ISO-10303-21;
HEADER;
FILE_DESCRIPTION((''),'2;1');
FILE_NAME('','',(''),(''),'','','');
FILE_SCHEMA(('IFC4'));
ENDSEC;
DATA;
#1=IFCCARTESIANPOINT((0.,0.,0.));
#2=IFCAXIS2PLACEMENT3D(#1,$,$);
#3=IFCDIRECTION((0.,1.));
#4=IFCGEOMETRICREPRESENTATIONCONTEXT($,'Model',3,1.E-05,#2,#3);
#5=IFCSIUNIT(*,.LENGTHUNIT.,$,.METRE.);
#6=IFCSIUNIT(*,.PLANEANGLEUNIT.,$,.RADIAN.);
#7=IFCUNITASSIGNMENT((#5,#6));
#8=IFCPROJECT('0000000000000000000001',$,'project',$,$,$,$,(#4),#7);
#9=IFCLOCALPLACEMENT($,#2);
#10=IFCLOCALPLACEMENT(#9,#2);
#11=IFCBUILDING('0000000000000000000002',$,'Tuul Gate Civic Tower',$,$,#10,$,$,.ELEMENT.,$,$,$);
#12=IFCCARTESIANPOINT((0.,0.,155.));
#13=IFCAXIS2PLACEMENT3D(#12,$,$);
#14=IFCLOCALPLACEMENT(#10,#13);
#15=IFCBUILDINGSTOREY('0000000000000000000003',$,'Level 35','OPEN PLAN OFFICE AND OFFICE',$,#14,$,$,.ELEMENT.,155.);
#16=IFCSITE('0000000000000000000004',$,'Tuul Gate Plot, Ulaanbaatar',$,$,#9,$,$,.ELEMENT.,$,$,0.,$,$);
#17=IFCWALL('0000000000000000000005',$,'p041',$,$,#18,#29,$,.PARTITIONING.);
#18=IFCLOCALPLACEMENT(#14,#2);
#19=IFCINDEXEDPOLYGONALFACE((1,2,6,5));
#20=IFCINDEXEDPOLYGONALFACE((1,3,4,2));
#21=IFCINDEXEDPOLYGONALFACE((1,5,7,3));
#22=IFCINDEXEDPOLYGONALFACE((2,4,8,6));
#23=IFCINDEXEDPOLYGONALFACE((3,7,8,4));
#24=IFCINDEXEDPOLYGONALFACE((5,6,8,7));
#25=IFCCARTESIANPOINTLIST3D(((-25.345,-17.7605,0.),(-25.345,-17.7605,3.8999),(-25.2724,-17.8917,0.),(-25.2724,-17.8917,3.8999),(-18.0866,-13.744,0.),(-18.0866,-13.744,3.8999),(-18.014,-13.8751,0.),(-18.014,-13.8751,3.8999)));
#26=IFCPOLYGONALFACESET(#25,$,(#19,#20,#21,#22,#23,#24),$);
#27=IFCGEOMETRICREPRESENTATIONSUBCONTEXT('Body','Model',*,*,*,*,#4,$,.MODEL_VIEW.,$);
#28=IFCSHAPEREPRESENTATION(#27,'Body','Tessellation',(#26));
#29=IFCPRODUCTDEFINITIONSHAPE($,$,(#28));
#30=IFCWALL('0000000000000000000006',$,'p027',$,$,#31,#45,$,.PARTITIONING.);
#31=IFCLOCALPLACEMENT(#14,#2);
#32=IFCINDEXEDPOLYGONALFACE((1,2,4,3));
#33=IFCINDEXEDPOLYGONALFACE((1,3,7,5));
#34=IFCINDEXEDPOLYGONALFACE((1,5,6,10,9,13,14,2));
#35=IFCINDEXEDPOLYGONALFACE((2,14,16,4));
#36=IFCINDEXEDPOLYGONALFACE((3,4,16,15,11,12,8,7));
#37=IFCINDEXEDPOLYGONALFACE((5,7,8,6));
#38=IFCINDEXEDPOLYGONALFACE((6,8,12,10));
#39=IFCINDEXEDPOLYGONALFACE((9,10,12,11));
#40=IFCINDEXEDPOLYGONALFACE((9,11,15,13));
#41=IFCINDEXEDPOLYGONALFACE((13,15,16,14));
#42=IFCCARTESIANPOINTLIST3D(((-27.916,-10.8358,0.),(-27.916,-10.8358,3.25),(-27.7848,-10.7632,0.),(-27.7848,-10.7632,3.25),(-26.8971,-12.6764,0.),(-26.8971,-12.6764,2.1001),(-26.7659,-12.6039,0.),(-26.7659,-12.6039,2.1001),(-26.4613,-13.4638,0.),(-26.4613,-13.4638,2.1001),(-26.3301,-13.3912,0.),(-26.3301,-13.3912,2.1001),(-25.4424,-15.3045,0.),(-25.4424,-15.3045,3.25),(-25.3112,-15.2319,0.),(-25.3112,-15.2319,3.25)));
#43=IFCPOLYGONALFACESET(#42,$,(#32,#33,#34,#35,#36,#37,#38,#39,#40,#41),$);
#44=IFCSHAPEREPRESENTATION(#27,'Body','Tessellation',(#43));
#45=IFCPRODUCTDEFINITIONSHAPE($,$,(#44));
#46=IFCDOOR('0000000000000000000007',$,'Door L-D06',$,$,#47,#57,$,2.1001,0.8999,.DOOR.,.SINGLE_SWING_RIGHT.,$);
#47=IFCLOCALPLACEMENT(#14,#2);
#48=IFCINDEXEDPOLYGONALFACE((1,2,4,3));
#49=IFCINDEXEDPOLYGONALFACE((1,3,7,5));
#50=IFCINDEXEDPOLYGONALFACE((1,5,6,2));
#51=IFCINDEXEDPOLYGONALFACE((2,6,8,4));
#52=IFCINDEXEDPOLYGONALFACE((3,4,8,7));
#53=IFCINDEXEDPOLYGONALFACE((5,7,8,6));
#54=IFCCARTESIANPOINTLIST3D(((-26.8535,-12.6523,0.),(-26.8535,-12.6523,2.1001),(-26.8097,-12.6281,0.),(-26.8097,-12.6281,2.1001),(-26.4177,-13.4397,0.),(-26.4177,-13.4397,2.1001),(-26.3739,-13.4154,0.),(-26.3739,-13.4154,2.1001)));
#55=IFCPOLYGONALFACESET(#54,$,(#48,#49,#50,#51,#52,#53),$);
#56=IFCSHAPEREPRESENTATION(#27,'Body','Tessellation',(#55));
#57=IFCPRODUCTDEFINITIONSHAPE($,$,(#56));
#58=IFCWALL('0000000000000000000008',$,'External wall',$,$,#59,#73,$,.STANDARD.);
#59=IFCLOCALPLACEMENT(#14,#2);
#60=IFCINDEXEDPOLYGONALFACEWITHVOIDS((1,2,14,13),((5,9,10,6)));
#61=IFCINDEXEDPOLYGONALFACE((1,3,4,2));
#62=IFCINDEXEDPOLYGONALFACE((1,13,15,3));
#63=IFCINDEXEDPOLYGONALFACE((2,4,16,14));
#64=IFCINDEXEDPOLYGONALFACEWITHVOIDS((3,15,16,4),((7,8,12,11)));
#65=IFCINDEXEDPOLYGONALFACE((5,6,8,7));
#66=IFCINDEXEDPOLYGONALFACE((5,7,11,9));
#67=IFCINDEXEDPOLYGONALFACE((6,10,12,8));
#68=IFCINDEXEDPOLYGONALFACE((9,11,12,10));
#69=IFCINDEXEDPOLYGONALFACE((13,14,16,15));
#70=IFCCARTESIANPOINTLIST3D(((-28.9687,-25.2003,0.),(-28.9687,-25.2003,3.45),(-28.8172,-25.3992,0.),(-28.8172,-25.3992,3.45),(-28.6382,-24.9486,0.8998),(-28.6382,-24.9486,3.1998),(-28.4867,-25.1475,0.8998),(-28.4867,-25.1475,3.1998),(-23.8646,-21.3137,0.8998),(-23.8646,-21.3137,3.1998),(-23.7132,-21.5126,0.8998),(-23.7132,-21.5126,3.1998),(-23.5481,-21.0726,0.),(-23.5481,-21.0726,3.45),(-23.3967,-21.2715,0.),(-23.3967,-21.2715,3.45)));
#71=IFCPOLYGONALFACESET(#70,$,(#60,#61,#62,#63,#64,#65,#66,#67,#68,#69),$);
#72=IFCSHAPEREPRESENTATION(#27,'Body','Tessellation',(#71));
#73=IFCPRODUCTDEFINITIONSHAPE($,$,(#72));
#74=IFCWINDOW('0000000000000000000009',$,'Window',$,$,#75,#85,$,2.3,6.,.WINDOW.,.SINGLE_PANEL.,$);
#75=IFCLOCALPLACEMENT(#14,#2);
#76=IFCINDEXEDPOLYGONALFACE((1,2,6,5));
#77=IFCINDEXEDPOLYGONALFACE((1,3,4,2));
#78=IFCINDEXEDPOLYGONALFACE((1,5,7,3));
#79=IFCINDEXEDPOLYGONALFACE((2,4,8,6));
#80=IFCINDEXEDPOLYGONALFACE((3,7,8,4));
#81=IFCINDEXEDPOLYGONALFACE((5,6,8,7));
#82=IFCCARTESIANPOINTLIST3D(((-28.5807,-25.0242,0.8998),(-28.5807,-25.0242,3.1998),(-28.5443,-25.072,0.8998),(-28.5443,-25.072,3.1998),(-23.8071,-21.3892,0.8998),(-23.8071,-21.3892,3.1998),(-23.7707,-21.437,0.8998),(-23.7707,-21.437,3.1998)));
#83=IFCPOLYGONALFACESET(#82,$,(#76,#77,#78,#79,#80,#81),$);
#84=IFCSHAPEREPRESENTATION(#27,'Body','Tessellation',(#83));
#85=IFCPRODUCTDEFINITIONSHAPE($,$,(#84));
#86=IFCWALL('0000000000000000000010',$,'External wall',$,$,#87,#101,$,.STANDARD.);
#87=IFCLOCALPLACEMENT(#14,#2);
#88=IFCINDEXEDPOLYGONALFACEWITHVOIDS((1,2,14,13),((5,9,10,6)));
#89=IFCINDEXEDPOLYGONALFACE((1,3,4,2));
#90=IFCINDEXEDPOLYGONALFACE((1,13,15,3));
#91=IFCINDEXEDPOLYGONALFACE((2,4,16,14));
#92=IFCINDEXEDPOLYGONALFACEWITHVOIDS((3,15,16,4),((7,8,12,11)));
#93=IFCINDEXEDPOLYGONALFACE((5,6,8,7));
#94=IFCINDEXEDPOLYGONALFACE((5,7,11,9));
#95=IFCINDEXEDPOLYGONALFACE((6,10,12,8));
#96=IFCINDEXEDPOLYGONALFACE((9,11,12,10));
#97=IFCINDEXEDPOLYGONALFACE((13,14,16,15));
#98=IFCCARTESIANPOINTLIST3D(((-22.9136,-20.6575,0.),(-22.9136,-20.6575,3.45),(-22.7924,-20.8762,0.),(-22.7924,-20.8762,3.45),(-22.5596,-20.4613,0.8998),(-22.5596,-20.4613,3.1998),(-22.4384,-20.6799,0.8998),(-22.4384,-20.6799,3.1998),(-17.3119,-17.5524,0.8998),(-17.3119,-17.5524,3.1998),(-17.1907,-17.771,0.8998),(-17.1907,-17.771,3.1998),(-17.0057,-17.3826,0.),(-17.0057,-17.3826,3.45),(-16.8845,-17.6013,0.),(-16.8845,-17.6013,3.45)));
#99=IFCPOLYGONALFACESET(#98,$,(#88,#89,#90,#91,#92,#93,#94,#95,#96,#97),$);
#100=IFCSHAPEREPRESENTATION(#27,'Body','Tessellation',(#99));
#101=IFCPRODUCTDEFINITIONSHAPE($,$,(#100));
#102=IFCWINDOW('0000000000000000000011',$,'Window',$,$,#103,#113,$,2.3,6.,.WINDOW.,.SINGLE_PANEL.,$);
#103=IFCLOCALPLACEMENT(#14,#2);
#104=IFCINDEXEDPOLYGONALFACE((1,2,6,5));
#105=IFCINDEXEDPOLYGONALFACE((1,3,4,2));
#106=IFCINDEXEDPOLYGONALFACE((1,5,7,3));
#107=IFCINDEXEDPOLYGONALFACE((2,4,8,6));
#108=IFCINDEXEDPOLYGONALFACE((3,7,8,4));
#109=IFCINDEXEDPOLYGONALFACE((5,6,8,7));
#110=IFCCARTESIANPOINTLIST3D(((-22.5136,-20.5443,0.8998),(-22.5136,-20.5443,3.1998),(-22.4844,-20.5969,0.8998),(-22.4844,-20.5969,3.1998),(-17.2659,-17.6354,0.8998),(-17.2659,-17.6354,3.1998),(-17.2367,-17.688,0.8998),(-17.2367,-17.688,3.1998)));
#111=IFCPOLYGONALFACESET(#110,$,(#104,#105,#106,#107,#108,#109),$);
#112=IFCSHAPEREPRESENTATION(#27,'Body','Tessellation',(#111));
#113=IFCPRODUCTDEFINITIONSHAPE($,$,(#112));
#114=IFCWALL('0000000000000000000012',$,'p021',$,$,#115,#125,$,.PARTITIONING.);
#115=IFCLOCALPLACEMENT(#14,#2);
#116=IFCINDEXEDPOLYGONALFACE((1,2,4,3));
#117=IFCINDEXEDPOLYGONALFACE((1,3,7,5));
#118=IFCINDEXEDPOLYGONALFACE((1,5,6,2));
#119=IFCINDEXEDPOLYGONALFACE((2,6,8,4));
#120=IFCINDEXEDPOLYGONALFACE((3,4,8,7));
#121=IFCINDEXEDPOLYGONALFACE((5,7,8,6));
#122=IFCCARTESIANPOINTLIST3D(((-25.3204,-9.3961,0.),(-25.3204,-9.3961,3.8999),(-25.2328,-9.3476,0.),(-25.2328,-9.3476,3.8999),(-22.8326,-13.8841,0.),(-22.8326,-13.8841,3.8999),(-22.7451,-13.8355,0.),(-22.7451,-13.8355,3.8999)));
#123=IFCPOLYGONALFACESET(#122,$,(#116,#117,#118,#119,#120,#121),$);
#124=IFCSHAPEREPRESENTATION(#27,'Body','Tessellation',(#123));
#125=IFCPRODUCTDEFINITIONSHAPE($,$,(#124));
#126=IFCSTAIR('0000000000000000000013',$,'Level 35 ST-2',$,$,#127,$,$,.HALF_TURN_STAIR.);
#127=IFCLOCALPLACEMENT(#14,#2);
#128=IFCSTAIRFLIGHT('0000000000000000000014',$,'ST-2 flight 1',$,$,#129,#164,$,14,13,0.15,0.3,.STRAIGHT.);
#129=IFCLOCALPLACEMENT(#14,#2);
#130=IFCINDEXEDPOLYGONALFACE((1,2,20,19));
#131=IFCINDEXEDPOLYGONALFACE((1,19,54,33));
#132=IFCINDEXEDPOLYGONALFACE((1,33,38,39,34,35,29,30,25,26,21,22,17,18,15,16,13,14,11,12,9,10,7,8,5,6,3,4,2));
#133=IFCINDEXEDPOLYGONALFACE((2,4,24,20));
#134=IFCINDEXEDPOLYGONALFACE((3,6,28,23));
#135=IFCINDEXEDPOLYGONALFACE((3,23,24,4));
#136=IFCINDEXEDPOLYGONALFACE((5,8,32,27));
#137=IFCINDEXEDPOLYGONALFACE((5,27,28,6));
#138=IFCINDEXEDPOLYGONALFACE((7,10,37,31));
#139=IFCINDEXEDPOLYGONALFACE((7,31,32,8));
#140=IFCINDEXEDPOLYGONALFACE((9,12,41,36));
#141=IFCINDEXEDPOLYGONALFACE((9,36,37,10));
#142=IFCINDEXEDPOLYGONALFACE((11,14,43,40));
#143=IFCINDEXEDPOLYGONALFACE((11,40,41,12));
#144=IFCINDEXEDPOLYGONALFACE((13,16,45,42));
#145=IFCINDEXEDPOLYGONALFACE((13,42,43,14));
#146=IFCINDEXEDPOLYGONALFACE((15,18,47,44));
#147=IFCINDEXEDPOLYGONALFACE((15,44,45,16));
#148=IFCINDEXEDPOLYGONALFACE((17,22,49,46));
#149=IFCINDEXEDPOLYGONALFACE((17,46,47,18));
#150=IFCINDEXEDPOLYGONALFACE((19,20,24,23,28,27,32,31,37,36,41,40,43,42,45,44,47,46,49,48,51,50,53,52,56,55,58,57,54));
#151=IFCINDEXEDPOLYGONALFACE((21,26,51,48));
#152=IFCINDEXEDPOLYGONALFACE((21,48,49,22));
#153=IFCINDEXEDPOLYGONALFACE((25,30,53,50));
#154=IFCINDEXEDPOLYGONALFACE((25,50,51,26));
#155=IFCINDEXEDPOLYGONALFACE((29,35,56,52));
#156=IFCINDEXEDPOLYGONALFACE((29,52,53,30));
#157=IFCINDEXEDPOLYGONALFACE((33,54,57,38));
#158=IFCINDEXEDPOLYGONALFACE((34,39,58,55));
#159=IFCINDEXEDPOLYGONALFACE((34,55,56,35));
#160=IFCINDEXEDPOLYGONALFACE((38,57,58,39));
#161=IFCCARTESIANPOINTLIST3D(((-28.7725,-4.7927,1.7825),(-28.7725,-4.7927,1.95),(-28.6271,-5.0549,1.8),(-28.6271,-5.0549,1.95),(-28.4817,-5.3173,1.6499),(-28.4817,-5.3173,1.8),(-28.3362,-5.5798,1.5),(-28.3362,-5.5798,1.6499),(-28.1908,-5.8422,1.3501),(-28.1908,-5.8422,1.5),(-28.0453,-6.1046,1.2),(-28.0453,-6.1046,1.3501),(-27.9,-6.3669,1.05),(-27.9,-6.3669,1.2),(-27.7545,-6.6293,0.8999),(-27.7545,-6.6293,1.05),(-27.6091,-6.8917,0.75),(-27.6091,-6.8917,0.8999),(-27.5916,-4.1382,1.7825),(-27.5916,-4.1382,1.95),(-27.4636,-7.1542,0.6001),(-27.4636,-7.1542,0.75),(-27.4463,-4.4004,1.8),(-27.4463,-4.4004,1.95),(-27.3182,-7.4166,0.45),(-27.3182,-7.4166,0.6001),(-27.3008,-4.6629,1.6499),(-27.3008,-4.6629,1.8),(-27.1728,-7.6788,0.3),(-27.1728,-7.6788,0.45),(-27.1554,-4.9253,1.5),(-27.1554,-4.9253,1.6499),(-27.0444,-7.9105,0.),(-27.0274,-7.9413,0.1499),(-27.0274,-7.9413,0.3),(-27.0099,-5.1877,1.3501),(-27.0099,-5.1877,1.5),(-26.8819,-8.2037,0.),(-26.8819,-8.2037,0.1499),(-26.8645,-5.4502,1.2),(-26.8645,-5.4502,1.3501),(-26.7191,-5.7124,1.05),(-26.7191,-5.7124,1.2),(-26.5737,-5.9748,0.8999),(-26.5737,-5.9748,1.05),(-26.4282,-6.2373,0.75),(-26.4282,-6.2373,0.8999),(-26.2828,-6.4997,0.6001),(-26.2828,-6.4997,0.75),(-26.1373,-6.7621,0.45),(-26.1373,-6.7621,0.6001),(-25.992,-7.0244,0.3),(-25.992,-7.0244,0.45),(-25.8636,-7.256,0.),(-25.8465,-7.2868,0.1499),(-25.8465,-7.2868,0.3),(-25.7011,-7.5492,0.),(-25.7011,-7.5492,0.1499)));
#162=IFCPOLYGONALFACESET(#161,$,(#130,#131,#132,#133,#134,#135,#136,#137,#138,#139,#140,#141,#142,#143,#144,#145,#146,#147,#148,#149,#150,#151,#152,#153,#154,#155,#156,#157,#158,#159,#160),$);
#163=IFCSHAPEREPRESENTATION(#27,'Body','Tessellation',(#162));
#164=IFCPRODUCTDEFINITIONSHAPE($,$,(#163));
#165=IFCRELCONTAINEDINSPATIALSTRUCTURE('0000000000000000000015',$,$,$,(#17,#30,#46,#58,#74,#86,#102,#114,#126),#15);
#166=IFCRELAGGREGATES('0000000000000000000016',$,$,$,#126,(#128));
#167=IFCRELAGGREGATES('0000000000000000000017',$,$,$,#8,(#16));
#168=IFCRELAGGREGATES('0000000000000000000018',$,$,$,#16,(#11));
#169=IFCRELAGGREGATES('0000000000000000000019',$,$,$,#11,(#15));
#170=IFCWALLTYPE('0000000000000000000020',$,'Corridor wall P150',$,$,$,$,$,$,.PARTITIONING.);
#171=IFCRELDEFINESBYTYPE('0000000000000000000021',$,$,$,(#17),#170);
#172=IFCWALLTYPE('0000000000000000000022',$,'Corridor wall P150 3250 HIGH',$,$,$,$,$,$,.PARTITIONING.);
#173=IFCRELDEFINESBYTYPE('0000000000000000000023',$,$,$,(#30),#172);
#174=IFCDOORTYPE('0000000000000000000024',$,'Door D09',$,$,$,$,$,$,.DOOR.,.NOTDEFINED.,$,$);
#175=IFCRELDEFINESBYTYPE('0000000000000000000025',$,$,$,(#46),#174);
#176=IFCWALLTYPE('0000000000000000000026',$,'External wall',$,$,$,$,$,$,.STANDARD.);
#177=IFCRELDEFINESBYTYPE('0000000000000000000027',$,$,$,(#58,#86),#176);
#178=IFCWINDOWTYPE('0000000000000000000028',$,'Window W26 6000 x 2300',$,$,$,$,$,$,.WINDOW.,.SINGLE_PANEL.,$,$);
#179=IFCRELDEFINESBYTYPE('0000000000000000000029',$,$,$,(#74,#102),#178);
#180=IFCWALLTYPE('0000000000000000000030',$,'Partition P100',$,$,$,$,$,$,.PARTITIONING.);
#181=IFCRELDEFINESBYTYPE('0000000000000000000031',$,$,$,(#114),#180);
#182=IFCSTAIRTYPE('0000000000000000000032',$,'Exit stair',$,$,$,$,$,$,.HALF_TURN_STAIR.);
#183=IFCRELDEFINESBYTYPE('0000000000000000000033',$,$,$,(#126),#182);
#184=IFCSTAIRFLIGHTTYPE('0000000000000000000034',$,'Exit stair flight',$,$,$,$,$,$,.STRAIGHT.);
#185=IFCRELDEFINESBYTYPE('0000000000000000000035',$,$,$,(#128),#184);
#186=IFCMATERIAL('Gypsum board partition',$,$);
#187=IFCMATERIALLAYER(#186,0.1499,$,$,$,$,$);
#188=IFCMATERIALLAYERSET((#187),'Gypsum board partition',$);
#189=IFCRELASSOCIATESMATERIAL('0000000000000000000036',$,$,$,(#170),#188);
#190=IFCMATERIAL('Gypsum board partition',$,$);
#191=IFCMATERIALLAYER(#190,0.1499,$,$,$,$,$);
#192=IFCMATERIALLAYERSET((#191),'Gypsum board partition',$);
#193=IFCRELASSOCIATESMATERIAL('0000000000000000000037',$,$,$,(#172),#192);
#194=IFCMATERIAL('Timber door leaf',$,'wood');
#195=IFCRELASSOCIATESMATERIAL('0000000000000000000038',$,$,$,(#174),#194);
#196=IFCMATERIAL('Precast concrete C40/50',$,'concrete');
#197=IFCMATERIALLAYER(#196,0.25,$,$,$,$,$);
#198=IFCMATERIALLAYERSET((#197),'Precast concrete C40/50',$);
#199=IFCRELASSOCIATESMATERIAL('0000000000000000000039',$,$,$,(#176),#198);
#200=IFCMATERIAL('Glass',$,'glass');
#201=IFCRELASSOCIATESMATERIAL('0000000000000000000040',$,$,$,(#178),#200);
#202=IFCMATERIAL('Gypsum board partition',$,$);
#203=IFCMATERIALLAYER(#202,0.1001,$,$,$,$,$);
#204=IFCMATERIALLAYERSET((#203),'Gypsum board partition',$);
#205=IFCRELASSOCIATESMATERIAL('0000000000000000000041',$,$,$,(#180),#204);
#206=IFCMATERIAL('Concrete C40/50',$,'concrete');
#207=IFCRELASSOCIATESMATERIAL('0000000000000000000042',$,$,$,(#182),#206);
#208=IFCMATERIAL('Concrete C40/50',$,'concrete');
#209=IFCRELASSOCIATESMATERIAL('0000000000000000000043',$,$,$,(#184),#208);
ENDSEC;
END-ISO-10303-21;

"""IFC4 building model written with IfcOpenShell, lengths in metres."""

from ifc_helpers import new_model, si_unit, direction, frame, frame_2d, origin, place, context, subcontext, project, spatial, polyline, rectangle, outline, extrude, material, layer, layer_set, type_object, element, fill, aggregate, save


model = new_model("IFC4")

# Units and contexts
model_context = context("Model", 3, precision=1e-05, world=origin(), true_north=direction((0.0, 1.0)))
body_context = subcontext(model_context, "Body", "Model", "MODEL_VIEW")
ifc_project = project(units=[si_unit("LENGTHUNIT", "METRE"), si_unit("PLANEANGLEUNIT", "RADIAN")], contexts=[model_context])

# Site, building, storey
site_placement = place(None, origin())
site = spatial("IfcSite", under=ifc_project, at=site_placement, Name="Tuul Gate Plot, Ulaanbaatar", CompositionType="ELEMENT", RefElevation=0.0)
building_placement = place(site_placement, origin())
building = spatial("IfcBuilding", under=site, at=building_placement, Name="Tuul Gate Civic Tower", CompositionType="ELEMENT")
storey_placement = place(building_placement, frame((0.0, 0.0, 155.0)))
storey = spatial("IfcBuildingStorey", under=building, at=storey_placement, Name="Level 35", Description="OPEN PLAN OFFICE AND OFFICE", CompositionType="ELEMENT", Elevation=155.0)

# Wall
ifc_material_1 = material(Name="Gypsum board partition")
ifc_layer_1 = layer(ifc_material_1, 0.1499)
ifc_layer_set_1 = layer_set([ifc_layer_1], Name="Gypsum board partition")
wall_type_1 = type_object("IfcWallType", Name="Corridor wall P150", PredefinedType="PARTITIONING", material=ifc_layer_set_1)
wall_1_placement = place(storey_placement, frame((-25.3088, -17.8262, 0.0), z_axis=(0.0, 0.0, 1.0), x_axis=(0.874971, 0.484175, 0.0)))
element("IfcWall", 1, at=wall_1_placement, inside=storey, type_object=wall_type_1, Name="p041", PredefinedType="PARTITIONING", context=body_context, shape_type="SweptSolid", body=[
    extrude(rectangle(XDim=8.2957, YDim=0.1499, at=frame_2d((4.1479, 0.0))), origin(), (0.0, 0.0, 1.0), 3.8999),
])

# Wall, opening, door
ifc_material_2 = material(Name="Gypsum board partition")
ifc_layer_2 = layer(ifc_material_2, 0.1499)
ifc_layer_set_2 = layer_set([ifc_layer_2], Name="Gypsum board partition")
wall_type_2 = type_object("IfcWallType", Name="Corridor wall P150 3250 HIGH", PredefinedType="PARTITIONING", material=ifc_layer_set_2)
wall_2_placement = place(storey_placement, frame((-27.8503, -10.7996, 0.0), z_axis=(0.0, 0.0, 1.0), x_axis=(0.484295, -0.874905, 0.0)))
wall_2 = element("IfcWall", 2, at=wall_2_placement, inside=storey, type_object=wall_type_2, Name="p027", PredefinedType="PARTITIONING", context=body_context, shape_type="SweptSolid", body=[
    extrude(rectangle(XDim=5.1077, YDim=0.1499, at=frame_2d((2.5537, 0.0))), origin(), (0.0, 0.0, 1.0), 3.25),
])
opening_1_placement = place(wall_2_placement, frame((2.1038, 0.0, 0.0)))
opening_1 = element("IfcOpeningElement", 3, at=opening_1_placement, cuts=wall_2, PredefinedType="OPENING", context=body_context, shape_type="SweptSolid", body=[
    extrude(rectangle(XDim=0.8999, YDim=2.1001, at=frame_2d((0.45, 1.05))), frame((0.0, 0.085, 0.0), z_axis=(0.0, -1.0, 0.0), x_axis=(1.0, 0.0, 0.0)), (0.0, 0.0, 1.0), 0.1699),
])
ifc_material_3 = material(Name="Timber door leaf", Category="wood")
door_type_1 = type_object("IfcDoorType", Name="Door D09", OperationType="NOTDEFINED", PredefinedType="DOOR", material=ifc_material_3)
door_1_placement = place(opening_1_placement, origin())
door_1 = element("IfcDoor", 4, at=door_1_placement, inside=storey, type_object=door_type_1, Name="Door L-D06", OperationType="SINGLE_SWING_RIGHT", OverallHeight=2.1001, OverallWidth=0.8999, PredefinedType="DOOR", context=body_context, shape_type="SweptSolid", body=[
    extrude(rectangle(XDim=0.8999, YDim=2.1001, at=frame_2d((0.45, 1.05))), frame((0.0, 0.0249, 0.0), z_axis=(0.0, -1.0, 0.0), x_axis=(1.0, 0.0, 0.0)), (0.0, 0.0, 1.0), 0.05),
])
fill(opening_1, door_1)

# Walls, openings, windows
ifc_material_4 = material(Name="Precast concrete C40/50", Category="concrete")
ifc_layer_3 = layer(ifc_material_4, 0.25)
ifc_layer_set_3 = layer_set([ifc_layer_3], Name="Precast concrete C40/50")
wall_type_3 = type_object("IfcWallType", Name="External wall", PredefinedType="STANDARD", material=ifc_layer_set_3)
wall_3_placement = place(storey_placement, frame((-28.8931, -25.2998, 0.0), z_axis=(0.0, 0.0, 1.0), x_axis=(0.795597, 0.605826, 0.0)))
wall_3 = element("IfcWall", 5, at=wall_3_placement, inside=storey, type_object=wall_type_3, Name="External wall", PredefinedType="STANDARD", context=body_context, shape_type="SweptSolid", body=[
    extrude(rectangle(XDim=6.8132, YDim=0.25, at=frame_2d((3.4067, 0.0))), origin(), (0.0, 0.0, 1.0), 3.45),
])
opening_2_placement = place(wall_3_placement, frame((0.4155, 0.0, 0.8999)))
opening_2 = element("IfcOpeningElement", 6, at=opening_2_placement, cuts=wall_3, PredefinedType="OPENING", context=body_context, shape_type="SweptSolid", body=[
    extrude(rectangle(XDim=6.0, YDim=2.3, at=frame_2d((3.0, 1.1499))), frame((0.0, 0.135, 0.0), z_axis=(0.0, -1.0, 0.0), x_axis=(1.0, 0.0, 0.0)), (0.0, 0.0, 1.0), 0.27),
])
ifc_material_5 = material(Name="Glass", Category="glass")
window_type = type_object("IfcWindowType", Name="Window W26 6000 x 2300", PartitioningType="SINGLE_PANEL", PredefinedType="WINDOW", material=ifc_material_5)
window_1_placement = place(opening_2_placement, origin())
window_1 = element("IfcWindow", 7, at=window_1_placement, inside=storey, type_object=window_type, Name="Window", OverallHeight=2.3, OverallWidth=6.0, PartitioningType="SINGLE_PANEL", PredefinedType="WINDOW", context=body_context, shape_type="SweptSolid", body=[
    extrude(rectangle(XDim=6.0, YDim=2.3, at=frame_2d((3.0, 1.1499))), frame((0.0, 0.03, 0.0), z_axis=(0.0, -1.0, 0.0), x_axis=(1.0, 0.0, 0.0)), (0.0, 0.0, 1.0), 0.0601),
])
fill(opening_2, window_1)
wall_4_placement = place(storey_placement, frame((-22.853, -20.7668, 0.0), z_axis=(0.0, 0.0, 1.0), x_axis=(0.874615, 0.484817, 0.0)))
wall_4 = element("IfcWall", 8, at=wall_4_placement, inside=storey, type_object=wall_type_3, Name="External wall", PredefinedType="STANDARD", context=body_context, shape_type="SweptSolid", body=[
    extrude(rectangle(XDim=6.7549, YDim=0.25, at=frame_2d((3.3774, 0.0))), origin(), (0.0, 0.0, 1.0), 3.45),
])
opening_3_placement = place(wall_4_placement, frame((0.4048, 0.0, 0.8999)))
opening_3 = element("IfcOpeningElement", 9, at=opening_3_placement, cuts=wall_4, PredefinedType="OPENING", context=body_context, shape_type="SweptSolid", body=[
    extrude(rectangle(XDim=6.0, YDim=2.3, at=frame_2d((3.0, 1.1499))), frame((0.0, 0.135, 0.0), z_axis=(0.0, -1.0, 0.0), x_axis=(1.0, 0.0, 0.0)), (0.0, 0.0, 1.0), 0.27),
])
window_2_placement = place(opening_3_placement, origin())
window_2 = element("IfcWindow", 10, at=window_2_placement, inside=storey, type_object=window_type, Name="Window", OverallHeight=2.3, OverallWidth=6.0, PartitioningType="SINGLE_PANEL", PredefinedType="WINDOW", context=body_context, shape_type="SweptSolid", body=[
    extrude(rectangle(XDim=6.0, YDim=2.3, at=frame_2d((3.0, 1.1499))), frame((0.0, 0.03, 0.0), z_axis=(0.0, -1.0, 0.0), x_axis=(1.0, 0.0, 0.0)), (0.0, 0.0, 1.0), 0.0601),
])
fill(opening_3, window_2)

# Wall
ifc_material_6 = material(Name="Gypsum board partition")
ifc_layer_4 = layer(ifc_material_6, 0.1001)
ifc_layer_set_4 = layer_set([ifc_layer_4], Name="Gypsum board partition")
wall_type_4 = type_object("IfcWallType", Name="Partition P100", PredefinedType="PARTITIONING", material=ifc_layer_set_4)
wall_5_placement = place(storey_placement, frame((-25.2766, -9.3718, 0.0), z_axis=(0.0, 0.0, 1.0), x_axis=(0.484815, -0.874617, 0.0)))
element("IfcWall", 11, at=wall_5_placement, inside=storey, type_object=wall_type_4, Name="p021", PredefinedType="PARTITIONING", context=body_context, shape_type="SweptSolid", body=[
    extrude(rectangle(XDim=5.1313, YDim=0.1001, at=frame_2d((2.5657, 0.0))), origin(), (0.0, 0.0, 1.0), 3.8999),
])

# Stair, stair flight
ifc_material_7 = material(Name="Concrete C40/50", Category="concrete")
stair_type = type_object("IfcStairType", Name="Exit stair", PredefinedType="HALF_TURN_STAIR", material=ifc_material_7)
stair_placement = place(storey_placement, origin())
stair = element("IfcStair", 12, at=stair_placement, inside=storey, type_object=stair_type, Name="Level 35 ST-2", PredefinedType="HALF_TURN_STAIR")
ifc_material_8 = material(Name="Concrete C40/50", Category="concrete")
stair_flight_type = type_object("IfcStairFlightType", Name="Exit stair flight", PredefinedType="STRAIGHT", material=ifc_material_8)
stair_flight_placement = place(storey_placement, frame((-26.2915, -7.8765, 0.0), z_axis=(0.0, 0.0, 1.0), x_axis=(-0.484762, 0.874646, 0.0)))
stair_flight = element("IfcStairFlight", 13, at=stair_flight_placement, type_object=stair_flight_type, Name="ST-2 flight 1", NumberOfRisers=14, NumberOfTreads=13, PredefinedType="STRAIGHT", RiserHeight=0.15, TreadLength=0.3, context=body_context, shape_type="SweptSolid", body=[
    extrude(outline(polyline([(0.0, 0.0), (0.0, 0.1499), (0.3, 0.1499), (0.3, 0.3), (0.6001, 0.3), (0.6001, 0.45), (0.8999, 0.45), (0.8999, 0.6001), (1.2, 0.6001), (1.2, 0.75), (1.5, 0.75), (1.5, 0.8999), (1.8, 0.8999), (1.8, 1.05), (2.1001, 1.05), (2.1001, 1.2), (2.3999, 1.2), (2.3999, 1.3501), (2.7, 1.3501), (2.7, 1.5), (3.0, 1.5), (3.0, 1.6499), (3.3, 1.6499), (3.3, 1.8), (3.6001, 1.8), (3.6001, 1.95), (3.8999, 1.95), (3.8999, 2.1001), (3.8999, 1.7825), (0.3352, 0.0), (0.0, 0.0)])), frame((0.0, 0.675, 0.0), z_axis=(0.0, -1.0, 0.0), x_axis=(1.0, 0.0, 0.0)), (0.0, 0.0, 1.0), 1.3501),
])
aggregate(stair, [stair_flight])

save(model, "model.ifc")
